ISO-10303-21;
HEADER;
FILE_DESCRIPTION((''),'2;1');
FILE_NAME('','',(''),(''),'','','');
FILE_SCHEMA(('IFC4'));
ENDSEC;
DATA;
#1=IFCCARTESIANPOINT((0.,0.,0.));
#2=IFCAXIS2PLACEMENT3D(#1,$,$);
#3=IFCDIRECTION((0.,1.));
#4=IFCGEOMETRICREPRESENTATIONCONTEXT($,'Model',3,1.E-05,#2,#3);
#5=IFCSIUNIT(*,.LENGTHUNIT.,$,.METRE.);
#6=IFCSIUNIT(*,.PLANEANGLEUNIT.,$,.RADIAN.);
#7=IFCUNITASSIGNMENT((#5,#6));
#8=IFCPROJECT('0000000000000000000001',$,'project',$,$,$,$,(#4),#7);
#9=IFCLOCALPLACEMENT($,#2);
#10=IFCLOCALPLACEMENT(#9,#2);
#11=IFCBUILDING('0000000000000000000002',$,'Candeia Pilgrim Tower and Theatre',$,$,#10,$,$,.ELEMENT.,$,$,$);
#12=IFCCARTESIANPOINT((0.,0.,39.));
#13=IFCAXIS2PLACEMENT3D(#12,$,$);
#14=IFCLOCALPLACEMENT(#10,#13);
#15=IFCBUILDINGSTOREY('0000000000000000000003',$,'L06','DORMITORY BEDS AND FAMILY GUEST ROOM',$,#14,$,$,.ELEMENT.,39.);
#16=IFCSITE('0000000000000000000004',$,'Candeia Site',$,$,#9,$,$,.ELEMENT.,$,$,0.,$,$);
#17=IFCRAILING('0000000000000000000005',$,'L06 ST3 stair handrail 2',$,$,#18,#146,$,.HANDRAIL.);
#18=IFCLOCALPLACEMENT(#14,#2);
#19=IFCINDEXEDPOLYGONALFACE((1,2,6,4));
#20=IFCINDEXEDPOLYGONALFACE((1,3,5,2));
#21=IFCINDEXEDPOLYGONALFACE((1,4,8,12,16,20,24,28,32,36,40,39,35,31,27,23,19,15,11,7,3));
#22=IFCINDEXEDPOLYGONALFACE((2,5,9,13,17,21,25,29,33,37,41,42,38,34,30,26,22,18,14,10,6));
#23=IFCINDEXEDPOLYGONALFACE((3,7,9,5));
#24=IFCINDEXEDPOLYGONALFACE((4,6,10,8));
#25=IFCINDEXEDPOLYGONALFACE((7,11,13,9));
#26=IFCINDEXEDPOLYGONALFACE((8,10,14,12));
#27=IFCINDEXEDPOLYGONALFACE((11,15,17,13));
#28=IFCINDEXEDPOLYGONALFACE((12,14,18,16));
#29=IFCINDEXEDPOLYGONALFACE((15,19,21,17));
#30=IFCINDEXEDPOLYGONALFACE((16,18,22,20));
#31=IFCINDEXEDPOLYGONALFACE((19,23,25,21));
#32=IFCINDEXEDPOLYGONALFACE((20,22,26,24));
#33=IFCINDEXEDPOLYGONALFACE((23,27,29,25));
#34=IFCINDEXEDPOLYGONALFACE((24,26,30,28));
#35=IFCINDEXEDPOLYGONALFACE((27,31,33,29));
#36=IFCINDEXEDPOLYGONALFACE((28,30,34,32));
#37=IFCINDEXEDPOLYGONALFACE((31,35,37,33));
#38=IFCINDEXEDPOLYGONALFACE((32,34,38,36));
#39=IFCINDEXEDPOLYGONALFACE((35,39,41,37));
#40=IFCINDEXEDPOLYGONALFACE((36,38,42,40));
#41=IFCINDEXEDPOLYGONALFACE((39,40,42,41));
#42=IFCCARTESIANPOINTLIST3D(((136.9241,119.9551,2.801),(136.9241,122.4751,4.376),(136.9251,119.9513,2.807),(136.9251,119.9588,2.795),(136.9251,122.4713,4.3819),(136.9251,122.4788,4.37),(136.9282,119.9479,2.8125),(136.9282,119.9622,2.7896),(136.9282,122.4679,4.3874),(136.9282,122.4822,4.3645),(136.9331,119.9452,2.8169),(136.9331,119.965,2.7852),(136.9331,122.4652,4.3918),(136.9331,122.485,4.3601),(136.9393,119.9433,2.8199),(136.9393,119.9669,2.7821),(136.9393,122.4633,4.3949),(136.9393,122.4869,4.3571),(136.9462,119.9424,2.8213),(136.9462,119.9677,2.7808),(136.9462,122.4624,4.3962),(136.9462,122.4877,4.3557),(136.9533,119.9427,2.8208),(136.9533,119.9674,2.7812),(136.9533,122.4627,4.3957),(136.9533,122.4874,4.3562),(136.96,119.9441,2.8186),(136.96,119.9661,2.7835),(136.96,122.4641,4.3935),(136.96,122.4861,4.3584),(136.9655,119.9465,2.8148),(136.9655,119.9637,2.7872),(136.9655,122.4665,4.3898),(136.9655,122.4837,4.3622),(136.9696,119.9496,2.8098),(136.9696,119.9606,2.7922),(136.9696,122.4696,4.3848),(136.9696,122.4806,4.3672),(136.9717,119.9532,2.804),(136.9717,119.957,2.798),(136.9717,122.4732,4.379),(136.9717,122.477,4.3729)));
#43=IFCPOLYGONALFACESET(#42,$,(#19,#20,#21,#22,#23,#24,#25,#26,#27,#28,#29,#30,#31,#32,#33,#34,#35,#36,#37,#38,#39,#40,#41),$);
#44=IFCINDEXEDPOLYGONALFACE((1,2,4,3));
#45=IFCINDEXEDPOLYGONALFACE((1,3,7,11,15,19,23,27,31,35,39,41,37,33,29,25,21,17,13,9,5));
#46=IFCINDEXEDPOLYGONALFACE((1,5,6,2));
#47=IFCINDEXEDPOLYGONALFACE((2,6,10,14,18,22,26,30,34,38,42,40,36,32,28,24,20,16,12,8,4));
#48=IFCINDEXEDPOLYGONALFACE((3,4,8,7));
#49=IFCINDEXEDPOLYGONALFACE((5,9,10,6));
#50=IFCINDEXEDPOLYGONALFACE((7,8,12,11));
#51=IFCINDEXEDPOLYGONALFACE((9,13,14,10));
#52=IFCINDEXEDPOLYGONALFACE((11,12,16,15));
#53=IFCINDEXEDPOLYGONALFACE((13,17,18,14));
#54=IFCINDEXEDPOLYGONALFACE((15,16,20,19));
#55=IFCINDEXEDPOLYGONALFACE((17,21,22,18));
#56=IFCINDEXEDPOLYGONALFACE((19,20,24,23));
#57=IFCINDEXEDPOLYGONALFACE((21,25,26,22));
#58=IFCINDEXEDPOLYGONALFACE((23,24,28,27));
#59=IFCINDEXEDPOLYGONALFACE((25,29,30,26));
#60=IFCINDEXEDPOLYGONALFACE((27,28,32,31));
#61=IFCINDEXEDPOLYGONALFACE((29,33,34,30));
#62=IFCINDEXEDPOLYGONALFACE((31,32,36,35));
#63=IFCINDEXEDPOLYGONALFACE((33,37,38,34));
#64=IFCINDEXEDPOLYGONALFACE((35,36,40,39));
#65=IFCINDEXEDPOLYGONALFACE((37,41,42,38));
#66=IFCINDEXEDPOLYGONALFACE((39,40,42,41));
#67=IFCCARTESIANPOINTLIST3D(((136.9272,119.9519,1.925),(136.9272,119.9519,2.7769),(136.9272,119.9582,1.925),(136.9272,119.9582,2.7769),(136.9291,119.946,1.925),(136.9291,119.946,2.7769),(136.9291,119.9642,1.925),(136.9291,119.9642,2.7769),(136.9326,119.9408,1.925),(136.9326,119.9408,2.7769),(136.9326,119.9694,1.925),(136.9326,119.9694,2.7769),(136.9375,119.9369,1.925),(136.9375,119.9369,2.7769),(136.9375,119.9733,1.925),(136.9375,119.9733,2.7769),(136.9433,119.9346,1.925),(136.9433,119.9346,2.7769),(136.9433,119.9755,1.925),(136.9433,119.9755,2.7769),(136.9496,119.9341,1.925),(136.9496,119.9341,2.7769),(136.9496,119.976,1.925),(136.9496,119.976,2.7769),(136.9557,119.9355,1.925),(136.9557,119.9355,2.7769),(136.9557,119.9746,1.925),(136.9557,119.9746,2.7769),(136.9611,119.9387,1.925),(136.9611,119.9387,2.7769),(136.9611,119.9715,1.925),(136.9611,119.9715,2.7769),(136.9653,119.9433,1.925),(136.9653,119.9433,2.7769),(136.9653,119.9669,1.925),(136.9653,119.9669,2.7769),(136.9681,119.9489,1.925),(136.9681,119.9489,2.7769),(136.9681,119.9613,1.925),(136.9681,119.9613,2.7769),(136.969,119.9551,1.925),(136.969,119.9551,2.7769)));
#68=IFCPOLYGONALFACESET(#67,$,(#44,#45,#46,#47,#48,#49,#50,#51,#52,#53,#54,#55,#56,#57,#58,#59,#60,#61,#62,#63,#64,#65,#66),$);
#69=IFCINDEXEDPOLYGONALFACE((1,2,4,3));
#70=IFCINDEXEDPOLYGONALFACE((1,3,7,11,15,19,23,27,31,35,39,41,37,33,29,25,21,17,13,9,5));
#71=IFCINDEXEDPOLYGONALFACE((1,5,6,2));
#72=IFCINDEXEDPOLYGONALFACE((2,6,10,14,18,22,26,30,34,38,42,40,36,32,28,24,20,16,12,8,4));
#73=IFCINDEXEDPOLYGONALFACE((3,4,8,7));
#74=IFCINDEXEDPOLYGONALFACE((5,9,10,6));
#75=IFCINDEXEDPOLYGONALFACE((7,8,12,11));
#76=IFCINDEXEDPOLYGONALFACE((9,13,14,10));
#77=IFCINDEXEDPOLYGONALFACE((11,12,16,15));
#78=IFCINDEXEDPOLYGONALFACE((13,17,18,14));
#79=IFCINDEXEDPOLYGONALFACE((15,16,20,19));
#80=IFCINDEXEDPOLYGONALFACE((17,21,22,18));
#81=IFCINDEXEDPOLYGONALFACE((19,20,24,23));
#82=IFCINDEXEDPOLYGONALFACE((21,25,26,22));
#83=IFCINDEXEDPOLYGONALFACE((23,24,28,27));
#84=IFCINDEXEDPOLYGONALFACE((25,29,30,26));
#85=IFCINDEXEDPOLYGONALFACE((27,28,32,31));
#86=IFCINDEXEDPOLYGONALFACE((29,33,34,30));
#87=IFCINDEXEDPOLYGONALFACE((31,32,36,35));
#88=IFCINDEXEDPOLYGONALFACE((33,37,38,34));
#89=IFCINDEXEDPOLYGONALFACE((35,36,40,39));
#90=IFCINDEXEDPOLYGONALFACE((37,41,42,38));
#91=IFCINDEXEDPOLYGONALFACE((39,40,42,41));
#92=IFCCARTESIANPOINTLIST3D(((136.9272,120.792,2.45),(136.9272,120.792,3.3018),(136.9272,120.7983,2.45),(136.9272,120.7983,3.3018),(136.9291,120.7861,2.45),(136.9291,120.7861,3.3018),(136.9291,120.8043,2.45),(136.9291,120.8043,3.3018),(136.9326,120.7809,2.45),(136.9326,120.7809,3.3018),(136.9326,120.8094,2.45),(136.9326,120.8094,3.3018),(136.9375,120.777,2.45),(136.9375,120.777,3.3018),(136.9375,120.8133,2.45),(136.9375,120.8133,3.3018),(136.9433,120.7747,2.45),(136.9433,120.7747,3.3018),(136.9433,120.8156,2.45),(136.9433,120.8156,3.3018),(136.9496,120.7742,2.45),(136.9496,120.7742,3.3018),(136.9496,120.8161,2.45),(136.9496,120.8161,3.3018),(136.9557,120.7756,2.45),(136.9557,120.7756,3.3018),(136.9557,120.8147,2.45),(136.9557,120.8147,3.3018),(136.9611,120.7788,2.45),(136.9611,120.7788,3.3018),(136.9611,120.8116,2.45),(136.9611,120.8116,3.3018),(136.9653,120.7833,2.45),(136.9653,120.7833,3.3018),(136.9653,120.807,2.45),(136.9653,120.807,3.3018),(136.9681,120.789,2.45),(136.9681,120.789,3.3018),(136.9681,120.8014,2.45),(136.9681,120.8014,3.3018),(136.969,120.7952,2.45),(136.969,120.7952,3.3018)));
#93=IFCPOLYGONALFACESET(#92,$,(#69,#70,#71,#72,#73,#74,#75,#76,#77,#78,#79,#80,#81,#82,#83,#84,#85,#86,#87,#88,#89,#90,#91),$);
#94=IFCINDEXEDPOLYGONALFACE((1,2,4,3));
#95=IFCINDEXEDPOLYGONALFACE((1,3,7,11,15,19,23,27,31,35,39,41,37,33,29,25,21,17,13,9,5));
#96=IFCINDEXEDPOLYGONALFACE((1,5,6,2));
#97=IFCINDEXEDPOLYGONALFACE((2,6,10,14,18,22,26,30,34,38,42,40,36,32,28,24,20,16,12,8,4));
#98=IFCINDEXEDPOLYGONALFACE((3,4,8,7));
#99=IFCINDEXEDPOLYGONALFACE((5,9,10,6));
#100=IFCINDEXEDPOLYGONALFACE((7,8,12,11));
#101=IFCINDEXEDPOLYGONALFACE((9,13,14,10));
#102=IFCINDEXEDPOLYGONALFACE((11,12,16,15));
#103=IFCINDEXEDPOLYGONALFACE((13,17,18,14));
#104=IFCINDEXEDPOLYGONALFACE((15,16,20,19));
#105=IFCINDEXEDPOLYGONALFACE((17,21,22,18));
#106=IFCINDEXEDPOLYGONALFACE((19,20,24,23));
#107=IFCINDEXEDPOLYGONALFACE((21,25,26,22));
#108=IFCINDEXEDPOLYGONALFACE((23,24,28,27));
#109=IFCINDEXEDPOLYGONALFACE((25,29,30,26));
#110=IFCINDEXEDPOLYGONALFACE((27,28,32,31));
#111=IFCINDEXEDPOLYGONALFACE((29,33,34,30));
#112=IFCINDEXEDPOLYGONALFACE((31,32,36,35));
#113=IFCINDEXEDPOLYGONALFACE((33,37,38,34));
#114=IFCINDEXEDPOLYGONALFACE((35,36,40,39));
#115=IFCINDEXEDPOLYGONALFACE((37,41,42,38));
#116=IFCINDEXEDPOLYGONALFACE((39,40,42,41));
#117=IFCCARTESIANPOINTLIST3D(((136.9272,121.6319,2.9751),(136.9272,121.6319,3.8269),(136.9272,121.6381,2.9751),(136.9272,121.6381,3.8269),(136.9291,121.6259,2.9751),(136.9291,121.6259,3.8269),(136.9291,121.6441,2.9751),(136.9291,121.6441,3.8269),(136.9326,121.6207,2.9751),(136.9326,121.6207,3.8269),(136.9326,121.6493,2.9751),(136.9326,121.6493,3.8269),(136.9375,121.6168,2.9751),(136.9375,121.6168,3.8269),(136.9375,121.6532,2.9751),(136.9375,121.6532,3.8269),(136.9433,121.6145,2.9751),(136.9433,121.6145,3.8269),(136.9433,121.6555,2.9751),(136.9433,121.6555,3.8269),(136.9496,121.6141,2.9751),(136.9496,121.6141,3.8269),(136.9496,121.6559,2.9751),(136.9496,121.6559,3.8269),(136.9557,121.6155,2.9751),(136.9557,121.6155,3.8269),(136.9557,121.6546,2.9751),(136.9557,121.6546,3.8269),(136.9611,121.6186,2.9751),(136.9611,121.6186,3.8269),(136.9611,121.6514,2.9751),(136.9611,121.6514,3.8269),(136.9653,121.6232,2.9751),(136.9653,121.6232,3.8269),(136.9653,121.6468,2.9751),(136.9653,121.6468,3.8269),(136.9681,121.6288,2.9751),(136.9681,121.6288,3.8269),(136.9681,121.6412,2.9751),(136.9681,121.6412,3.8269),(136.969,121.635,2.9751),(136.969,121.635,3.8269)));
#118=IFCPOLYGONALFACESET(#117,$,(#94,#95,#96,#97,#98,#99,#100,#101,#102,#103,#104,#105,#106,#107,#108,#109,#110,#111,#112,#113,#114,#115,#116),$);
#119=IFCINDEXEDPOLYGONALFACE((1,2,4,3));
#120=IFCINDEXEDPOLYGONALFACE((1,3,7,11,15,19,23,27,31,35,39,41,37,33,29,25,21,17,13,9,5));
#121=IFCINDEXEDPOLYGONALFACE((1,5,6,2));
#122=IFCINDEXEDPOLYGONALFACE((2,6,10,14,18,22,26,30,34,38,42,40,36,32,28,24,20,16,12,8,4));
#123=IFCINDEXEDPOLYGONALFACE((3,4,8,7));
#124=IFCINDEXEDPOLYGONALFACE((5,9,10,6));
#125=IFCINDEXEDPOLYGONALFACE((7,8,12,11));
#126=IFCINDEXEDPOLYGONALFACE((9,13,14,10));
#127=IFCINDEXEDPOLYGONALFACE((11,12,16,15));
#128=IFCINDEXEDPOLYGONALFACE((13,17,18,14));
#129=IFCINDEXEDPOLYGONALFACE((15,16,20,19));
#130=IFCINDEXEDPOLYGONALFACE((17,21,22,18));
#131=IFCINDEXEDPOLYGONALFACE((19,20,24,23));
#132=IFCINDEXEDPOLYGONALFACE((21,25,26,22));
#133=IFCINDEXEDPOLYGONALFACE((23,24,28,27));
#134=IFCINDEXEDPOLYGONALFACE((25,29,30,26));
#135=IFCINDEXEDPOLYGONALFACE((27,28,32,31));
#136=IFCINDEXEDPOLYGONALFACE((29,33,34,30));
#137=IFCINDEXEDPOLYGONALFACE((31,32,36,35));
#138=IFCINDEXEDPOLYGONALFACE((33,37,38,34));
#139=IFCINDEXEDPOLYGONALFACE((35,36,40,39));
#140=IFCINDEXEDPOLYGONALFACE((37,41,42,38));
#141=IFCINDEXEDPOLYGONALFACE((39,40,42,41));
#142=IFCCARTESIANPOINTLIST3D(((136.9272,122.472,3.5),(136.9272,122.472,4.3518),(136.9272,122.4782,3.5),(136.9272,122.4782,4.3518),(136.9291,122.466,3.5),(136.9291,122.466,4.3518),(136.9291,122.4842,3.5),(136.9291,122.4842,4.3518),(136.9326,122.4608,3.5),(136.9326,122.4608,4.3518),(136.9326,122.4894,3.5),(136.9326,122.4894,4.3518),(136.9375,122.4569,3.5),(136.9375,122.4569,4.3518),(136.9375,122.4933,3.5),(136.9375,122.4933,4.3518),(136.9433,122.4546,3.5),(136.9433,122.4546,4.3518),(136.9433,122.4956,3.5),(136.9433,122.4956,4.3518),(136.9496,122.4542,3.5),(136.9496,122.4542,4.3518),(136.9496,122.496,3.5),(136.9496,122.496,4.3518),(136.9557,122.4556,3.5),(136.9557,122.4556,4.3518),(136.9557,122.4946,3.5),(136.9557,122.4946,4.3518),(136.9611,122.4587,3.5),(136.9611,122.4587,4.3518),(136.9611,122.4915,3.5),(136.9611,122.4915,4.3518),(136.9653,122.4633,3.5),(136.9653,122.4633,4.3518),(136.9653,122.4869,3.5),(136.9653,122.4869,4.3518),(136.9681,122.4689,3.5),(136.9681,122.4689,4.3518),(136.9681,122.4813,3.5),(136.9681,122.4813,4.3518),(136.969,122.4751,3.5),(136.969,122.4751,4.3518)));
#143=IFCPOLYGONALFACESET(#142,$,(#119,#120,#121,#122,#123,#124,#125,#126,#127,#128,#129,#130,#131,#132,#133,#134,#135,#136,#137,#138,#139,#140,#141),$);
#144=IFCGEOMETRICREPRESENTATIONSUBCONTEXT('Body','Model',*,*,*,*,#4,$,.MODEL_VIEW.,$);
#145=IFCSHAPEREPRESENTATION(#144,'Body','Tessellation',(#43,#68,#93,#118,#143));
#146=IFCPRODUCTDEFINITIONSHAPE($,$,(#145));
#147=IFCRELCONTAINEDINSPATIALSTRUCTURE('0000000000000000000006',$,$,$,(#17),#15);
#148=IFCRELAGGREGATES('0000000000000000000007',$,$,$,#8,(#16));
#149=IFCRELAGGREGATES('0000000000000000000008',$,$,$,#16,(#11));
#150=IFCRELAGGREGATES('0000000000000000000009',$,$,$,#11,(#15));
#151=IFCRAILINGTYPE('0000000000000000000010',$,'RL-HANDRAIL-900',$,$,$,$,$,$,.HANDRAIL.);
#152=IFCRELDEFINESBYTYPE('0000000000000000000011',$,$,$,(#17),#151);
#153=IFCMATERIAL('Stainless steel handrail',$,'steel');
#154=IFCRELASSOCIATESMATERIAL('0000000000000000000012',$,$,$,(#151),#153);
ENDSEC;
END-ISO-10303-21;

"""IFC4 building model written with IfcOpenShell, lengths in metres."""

from ifc_helpers import new_model, si_unit, direction, frame, origin, origin_2d, place, context, subcontext, project, spatial, circle, extrude, material, type_object, element, save


model = new_model("IFC4")

# Units and contexts
model_context = context("Model", 3, precision=1e-05, world=origin(), true_north=direction((0.0, 1.0)))
body_context = subcontext(model_context, "Body", "Model", "MODEL_VIEW")
ifc_project = project(units=[si_unit("LENGTHUNIT", "METRE"), si_unit("PLANEANGLEUNIT", "RADIAN")], contexts=[model_context])

# Site, building, storey
site_placement = place(None, origin())
site = spatial("IfcSite", under=ifc_project, at=site_placement, Name="Candeia Site", CompositionType="ELEMENT", RefElevation=0.0)
building_placement = place(site_placement, origin())
building = spatial("IfcBuilding", under=site, at=building_placement, Name="Candeia Pilgrim Tower and Theatre", CompositionType="ELEMENT")
storey_placement = place(building_placement, frame((0.0, 0.0, 39.0)))
storey = spatial("IfcBuildingStorey", under=building, at=storey_placement, Name="L06", Description="DORMITORY BEDS AND FAMILY GUEST ROOM", CompositionType="ELEMENT", Elevation=39.0)

# Railing
ifc_material_1 = material(Name="Stainless steel handrail", Category="steel")
railing_type_1 = type_object("IfcRailingType", Name="RL-HANDRAIL-900", PredefinedType="HANDRAIL", material=ifc_material_1)
railing_1_placement = place(storey_placement, frame((136.948, 119.9551, 1.925)))
element("IfcRailing", 1, at=railing_1_placement, inside=storey, type_object=railing_type_1, Name="L06 ST3 stair handrail 2", PredefinedType="HANDRAIL", context=body_context, shape_type="SweptSolid", body=[
    extrude(circle(Radius=0.0239, at=origin_2d()), frame((0.0, 0.0, 0.876), z_axis=(0.0, 0.848008, 0.529984), x_axis=(-1.0, 0.0, 0.0)), (0.0, 0.0, 1.0), 2.9717),
    extrude(circle(Radius=0.021, at=origin_2d()), origin(), (0.0, 0.0, 1.0), 0.8518),
    extrude(circle(Radius=0.021, at=origin_2d()), frame((0.0, 0.8401, 0.5249)), (0.0, 0.0, 1.0), 0.8518),
    extrude(circle(Radius=0.021, at=origin_2d()), frame((0.0, 1.6799, 1.05)), (0.0, 0.0, 1.0), 0.8518),
    extrude(circle(Radius=0.021, at=origin_2d()), frame((0.0, 2.52, 1.575)), (0.0, 0.0, 1.0), 0.8518),
])

save(model, "model.ifc")
